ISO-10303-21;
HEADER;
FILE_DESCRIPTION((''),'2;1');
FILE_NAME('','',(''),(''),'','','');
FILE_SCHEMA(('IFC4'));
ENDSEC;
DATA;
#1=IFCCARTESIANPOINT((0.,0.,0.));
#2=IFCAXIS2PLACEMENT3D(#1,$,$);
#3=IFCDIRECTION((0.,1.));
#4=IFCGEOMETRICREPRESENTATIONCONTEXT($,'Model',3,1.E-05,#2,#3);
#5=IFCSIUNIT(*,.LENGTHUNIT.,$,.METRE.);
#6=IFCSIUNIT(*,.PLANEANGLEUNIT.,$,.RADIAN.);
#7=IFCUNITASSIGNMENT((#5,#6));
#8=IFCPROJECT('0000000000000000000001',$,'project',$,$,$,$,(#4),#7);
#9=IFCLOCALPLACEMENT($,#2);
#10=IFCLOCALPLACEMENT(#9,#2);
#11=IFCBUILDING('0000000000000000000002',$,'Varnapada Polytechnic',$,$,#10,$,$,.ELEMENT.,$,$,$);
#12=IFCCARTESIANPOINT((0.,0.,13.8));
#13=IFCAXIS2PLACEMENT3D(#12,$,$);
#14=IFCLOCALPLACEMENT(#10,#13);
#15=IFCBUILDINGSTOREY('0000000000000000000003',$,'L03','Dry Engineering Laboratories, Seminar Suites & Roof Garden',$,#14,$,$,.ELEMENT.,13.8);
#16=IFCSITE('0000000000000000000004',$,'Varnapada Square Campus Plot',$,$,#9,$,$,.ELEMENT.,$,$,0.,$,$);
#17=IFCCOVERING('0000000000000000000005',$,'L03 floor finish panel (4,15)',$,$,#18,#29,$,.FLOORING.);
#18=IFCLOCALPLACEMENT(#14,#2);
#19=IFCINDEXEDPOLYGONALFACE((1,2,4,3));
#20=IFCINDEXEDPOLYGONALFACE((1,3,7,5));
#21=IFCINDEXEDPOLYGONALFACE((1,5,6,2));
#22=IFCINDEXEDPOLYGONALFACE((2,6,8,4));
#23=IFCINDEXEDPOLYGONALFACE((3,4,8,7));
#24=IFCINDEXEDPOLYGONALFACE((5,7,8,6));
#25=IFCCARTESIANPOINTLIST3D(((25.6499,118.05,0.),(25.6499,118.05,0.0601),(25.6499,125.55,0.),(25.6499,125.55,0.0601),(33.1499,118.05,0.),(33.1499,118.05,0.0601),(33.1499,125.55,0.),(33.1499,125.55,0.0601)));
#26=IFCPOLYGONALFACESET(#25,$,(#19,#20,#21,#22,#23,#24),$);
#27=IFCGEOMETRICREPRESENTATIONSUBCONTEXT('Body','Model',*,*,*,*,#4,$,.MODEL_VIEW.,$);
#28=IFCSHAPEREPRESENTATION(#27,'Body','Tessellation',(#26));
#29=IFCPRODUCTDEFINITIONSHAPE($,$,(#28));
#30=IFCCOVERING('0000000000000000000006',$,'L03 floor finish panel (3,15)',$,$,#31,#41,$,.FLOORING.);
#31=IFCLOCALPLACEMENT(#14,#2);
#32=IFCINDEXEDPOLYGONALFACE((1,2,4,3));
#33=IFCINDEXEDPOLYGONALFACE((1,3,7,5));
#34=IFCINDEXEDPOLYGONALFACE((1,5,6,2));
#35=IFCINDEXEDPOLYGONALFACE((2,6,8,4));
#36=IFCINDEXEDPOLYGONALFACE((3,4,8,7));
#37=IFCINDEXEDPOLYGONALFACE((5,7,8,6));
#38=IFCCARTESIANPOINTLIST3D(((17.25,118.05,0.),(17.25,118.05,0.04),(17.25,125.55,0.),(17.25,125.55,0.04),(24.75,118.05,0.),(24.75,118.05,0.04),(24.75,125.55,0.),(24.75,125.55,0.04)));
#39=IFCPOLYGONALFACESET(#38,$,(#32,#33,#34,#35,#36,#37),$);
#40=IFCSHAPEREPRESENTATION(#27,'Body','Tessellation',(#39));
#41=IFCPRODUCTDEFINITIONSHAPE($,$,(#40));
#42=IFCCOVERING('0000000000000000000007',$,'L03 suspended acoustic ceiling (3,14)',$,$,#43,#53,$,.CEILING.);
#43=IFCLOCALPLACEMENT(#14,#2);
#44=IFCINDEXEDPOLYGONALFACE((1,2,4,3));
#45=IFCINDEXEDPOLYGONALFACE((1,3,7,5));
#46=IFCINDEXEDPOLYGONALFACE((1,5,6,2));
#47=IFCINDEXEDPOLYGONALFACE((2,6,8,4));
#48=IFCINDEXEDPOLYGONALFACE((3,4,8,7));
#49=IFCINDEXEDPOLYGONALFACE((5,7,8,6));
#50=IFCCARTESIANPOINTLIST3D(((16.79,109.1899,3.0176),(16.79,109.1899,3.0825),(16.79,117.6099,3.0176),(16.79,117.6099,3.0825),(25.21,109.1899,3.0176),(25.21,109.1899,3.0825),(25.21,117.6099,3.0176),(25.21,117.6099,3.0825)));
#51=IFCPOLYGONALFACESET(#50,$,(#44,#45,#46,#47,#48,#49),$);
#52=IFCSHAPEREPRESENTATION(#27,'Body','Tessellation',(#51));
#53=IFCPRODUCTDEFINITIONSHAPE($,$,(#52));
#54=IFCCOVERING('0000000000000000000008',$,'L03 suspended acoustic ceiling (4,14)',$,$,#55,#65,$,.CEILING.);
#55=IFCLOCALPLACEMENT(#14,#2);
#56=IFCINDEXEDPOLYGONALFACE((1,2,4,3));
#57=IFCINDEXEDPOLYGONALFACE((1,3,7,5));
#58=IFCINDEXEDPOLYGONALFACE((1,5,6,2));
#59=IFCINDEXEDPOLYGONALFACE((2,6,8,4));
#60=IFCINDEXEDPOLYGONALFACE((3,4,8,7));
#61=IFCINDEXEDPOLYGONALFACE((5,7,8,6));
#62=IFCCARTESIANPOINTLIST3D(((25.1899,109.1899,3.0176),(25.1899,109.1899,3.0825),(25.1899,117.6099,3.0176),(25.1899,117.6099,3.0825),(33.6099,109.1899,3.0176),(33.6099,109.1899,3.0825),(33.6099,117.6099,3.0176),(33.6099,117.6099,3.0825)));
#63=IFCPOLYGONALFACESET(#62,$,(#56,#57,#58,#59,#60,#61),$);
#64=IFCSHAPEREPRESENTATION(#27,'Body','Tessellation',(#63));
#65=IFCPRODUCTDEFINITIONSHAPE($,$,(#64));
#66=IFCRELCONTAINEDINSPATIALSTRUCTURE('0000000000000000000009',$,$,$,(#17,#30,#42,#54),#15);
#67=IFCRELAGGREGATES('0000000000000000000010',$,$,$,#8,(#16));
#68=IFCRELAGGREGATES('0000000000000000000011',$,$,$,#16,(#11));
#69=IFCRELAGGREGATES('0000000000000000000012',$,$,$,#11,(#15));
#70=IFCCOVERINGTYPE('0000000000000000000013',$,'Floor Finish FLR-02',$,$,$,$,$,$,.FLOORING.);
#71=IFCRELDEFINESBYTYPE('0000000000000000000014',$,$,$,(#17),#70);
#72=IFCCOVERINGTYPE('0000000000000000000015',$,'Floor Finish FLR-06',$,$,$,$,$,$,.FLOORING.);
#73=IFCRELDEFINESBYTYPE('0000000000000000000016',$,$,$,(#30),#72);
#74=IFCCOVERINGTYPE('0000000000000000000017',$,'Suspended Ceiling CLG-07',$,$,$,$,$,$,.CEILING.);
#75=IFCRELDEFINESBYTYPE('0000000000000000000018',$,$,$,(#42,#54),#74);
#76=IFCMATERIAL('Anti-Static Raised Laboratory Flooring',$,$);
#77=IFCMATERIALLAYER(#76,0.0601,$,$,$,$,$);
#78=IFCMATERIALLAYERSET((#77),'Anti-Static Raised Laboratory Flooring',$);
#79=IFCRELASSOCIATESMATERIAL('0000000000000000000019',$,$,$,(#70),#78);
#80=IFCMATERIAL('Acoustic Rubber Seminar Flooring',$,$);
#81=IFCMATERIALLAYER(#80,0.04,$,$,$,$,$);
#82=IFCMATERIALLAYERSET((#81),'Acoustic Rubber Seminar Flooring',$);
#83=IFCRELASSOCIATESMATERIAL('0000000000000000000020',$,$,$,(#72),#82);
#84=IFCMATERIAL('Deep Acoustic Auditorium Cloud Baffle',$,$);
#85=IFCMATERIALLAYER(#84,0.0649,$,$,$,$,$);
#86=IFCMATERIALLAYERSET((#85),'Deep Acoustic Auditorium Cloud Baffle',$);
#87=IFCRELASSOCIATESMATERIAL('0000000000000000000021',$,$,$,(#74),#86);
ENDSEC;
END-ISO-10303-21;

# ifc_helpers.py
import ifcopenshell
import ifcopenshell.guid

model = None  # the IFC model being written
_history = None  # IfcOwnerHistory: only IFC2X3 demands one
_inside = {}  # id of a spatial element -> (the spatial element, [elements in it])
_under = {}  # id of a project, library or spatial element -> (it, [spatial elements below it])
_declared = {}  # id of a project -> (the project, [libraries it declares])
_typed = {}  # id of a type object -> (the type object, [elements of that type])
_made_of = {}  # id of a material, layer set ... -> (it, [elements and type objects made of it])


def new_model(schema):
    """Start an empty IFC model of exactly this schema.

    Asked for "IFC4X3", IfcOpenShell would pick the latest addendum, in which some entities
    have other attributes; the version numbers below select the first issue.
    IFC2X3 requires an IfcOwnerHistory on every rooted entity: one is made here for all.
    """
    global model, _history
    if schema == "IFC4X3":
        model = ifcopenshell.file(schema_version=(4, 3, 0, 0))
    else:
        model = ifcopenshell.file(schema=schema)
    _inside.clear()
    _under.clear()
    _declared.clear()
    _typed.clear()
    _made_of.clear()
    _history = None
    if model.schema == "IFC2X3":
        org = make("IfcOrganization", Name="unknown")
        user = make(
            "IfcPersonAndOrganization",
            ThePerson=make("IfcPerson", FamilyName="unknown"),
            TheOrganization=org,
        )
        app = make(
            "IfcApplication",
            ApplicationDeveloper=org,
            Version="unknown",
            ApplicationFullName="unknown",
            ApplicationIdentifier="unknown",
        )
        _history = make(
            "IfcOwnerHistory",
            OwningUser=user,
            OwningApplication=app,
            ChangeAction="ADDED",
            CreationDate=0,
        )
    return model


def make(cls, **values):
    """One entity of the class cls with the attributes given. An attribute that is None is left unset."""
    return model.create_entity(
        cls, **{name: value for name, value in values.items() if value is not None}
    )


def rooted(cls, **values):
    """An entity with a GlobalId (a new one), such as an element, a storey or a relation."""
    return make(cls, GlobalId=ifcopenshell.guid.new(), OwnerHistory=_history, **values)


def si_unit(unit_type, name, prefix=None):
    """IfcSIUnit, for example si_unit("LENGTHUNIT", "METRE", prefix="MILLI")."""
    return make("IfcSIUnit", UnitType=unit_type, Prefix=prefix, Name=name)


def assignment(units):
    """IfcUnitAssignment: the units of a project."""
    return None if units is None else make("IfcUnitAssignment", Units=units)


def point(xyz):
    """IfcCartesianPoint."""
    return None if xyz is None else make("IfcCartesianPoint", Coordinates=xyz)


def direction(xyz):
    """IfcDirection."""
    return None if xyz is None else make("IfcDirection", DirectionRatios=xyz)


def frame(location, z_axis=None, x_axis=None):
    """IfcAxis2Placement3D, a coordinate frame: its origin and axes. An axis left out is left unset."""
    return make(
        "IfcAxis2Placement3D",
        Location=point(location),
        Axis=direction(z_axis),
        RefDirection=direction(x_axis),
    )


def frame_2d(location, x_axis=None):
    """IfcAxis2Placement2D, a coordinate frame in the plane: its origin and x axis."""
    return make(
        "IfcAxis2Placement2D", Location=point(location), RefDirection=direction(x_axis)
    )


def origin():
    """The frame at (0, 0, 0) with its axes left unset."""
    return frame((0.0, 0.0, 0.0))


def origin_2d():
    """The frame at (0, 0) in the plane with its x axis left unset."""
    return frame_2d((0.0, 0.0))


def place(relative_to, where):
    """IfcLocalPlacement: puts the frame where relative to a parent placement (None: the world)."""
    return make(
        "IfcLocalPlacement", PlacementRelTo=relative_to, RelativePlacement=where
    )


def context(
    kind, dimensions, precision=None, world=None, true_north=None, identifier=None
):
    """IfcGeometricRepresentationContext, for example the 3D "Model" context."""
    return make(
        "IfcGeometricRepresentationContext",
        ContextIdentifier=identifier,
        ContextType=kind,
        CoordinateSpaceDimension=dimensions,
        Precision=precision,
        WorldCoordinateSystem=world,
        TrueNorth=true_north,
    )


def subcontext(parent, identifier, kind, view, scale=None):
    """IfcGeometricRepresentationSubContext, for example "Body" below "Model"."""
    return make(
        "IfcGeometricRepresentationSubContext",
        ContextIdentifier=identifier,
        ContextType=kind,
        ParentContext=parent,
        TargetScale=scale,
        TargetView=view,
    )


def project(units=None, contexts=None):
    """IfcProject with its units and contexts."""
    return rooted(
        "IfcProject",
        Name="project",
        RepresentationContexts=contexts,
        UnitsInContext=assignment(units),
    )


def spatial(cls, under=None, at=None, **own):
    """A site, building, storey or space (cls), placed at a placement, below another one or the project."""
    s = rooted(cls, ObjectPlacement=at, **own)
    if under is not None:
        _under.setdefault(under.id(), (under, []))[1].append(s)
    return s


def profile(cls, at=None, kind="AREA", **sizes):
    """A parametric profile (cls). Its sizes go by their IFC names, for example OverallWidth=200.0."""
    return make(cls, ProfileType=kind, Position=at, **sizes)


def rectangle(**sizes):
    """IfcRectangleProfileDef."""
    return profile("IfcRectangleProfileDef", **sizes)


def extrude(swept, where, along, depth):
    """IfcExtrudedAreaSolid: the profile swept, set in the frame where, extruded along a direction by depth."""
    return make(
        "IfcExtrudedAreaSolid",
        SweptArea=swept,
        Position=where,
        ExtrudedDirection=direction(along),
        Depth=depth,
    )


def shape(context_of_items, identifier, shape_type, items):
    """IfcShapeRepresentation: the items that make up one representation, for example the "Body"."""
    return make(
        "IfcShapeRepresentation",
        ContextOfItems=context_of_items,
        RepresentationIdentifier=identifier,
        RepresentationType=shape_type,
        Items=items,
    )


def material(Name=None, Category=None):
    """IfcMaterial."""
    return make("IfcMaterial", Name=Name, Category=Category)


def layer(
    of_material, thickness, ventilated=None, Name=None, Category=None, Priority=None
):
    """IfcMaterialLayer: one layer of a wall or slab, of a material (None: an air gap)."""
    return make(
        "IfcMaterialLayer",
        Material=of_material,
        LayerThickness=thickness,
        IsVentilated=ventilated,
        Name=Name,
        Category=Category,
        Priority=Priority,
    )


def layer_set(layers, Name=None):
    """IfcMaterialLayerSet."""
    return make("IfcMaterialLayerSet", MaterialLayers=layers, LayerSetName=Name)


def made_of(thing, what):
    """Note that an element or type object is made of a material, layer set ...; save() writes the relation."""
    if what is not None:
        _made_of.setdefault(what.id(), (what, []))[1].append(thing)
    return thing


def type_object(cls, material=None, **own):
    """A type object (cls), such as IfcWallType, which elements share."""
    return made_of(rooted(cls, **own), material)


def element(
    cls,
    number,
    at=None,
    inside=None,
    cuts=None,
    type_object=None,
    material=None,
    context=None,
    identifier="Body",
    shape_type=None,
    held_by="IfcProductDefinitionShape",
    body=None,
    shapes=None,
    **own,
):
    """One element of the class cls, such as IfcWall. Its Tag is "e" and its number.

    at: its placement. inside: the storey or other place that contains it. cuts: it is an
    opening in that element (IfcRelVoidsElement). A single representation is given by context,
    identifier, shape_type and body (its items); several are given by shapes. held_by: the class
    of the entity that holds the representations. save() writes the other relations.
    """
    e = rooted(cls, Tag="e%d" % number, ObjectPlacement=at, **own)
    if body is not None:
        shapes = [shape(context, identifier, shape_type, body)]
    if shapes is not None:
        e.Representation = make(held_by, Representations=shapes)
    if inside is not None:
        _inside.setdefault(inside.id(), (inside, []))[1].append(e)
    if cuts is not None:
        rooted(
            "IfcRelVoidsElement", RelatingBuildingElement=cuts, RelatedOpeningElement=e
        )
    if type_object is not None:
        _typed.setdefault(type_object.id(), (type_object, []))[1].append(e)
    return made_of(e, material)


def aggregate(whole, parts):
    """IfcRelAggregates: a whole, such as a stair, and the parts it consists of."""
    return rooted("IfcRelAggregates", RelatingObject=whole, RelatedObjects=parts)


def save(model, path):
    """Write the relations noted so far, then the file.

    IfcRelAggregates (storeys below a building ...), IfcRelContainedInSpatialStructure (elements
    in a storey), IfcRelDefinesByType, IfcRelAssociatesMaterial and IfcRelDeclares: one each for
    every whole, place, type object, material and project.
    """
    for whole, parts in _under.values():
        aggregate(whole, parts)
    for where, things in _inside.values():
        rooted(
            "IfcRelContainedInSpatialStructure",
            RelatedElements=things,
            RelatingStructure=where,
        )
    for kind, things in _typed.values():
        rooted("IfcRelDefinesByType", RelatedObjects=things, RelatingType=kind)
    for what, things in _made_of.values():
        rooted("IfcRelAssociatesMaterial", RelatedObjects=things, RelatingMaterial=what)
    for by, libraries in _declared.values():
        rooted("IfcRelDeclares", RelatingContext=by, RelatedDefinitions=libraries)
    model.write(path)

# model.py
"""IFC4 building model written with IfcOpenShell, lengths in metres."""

from ifc_helpers import new_model, si_unit, direction, frame, origin, origin_2d, place, context, subcontext, project, spatial, rectangle, extrude, material, layer, layer_set, type_object, element, save


model = new_model("IFC4")

# Units and contexts
model_context = context("Model", 3, precision=1e-05, world=origin(), true_north=direction((0.0, 1.0)))
body_context = subcontext(model_context, "Body", "Model", "MODEL_VIEW")
ifc_project = project(units=[si_unit("LENGTHUNIT", "METRE"), si_unit("PLANEANGLEUNIT", "RADIAN")], contexts=[model_context])

# Site, building, storey
site_placement = place(None, origin())
site = spatial("IfcSite", under=ifc_project, at=site_placement, Name="Varnapada Square Campus Plot", CompositionType="ELEMENT", RefElevation=0.0)
building_placement = place(site_placement, origin())
building = spatial("IfcBuilding", under=site, at=building_placement, Name="Varnapada Polytechnic", CompositionType="ELEMENT")
storey_placement = place(building_placement, frame((0.0, 0.0, 13.8)))
storey = spatial("IfcBuildingStorey", under=building, at=storey_placement, Name="L03", Description="Dry Engineering Laboratories, Seminar Suites & Roof Garden", CompositionType="ELEMENT", Elevation=13.8)

# Coverings
ifc_material_1 = material(Name="Anti-Static Raised Laboratory Flooring")
ifc_layer_1 = layer(ifc_material_1, 0.0601)
ifc_layer_set_1 = layer_set([ifc_layer_1], Name="Anti-Static Raised Laboratory Flooring")
covering_type_1 = type_object("IfcCoveringType", Name="Floor Finish FLR-02", PredefinedType="FLOORING", material=ifc_layer_set_1)
covering_1_placement = place(storey_placement, frame((29.3999, 121.8, 0.0), z_axis=(0.0, 0.0, 1.0), x_axis=(1.0, 0.0, 0.0)))
element("IfcCovering", 1, at=covering_1_placement, inside=storey, type_object=covering_type_1, Name="L03 floor finish panel (4,15)", PredefinedType="FLOORING", context=body_context, shape_type="SweptSolid", body=[
    extrude(rectangle(XDim=7.5, YDim=7.5, at=origin_2d()), origin(), (0.0, 0.0, 1.0), 0.0601),
])
ifc_material_2 = material(Name="Acoustic Rubber Seminar Flooring")
ifc_layer_2 = layer(ifc_material_2, 0.04)
ifc_layer_set_2 = layer_set([ifc_layer_2], Name="Acoustic Rubber Seminar Flooring")
covering_type_2 = type_object("IfcCoveringType", Name="Floor Finish FLR-06", PredefinedType="FLOORING", material=ifc_layer_set_2)
covering_2_placement = place(storey_placement, frame((21.0, 121.8, 0.0), z_axis=(0.0, 0.0, 1.0), x_axis=(1.0, 0.0, 0.0)))
element("IfcCovering", 2, at=covering_2_placement, inside=storey, type_object=covering_type_2, Name="L03 floor finish panel (3,15)", PredefinedType="FLOORING", context=body_context, shape_type="SweptSolid", body=[
    extrude(rectangle(XDim=7.5, YDim=7.5, at=origin_2d()), origin(), (0.0, 0.0, 1.0), 0.04),
])
ifc_material_3 = material(Name="Deep Acoustic Auditorium Cloud Baffle")
ifc_layer_3 = layer(ifc_material_3, 0.0649)
ifc_layer_set_3 = layer_set([ifc_layer_3], Name="Deep Acoustic Auditorium Cloud Baffle")
covering_type_3 = type_object("IfcCoveringType", Name="Suspended Ceiling CLG-07", PredefinedType="CEILING", material=ifc_layer_set_3)
for number, where, z_axis, x_axis, name in (
    (3, (21.0, 113.3999, 3.0176), (0.0, 0.0, 1.0), (1.0, 0.0, 0.0), "L03 suspended acoustic ceiling (3,14)"),
    (4, (29.3999, 113.3999, 3.0176), (0.0, 0.0, 1.0), (1.0, 0.0, 0.0), "L03 suspended acoustic ceiling (4,14)"),
):
    element("IfcCovering", number, at=place(storey_placement, frame(where, z_axis=z_axis, x_axis=x_axis)), inside=storey, type_object=covering_type_3, Name=name, PredefinedType="CEILING", context=body_context, shape_type="SweptSolid", body=[
        extrude(rectangle(XDim=8.4199, YDim=8.4199, at=origin_2d()), origin(), (0.0, 0.0, 1.0), 0.0649),
    ])

save(model, "model.ifc")
